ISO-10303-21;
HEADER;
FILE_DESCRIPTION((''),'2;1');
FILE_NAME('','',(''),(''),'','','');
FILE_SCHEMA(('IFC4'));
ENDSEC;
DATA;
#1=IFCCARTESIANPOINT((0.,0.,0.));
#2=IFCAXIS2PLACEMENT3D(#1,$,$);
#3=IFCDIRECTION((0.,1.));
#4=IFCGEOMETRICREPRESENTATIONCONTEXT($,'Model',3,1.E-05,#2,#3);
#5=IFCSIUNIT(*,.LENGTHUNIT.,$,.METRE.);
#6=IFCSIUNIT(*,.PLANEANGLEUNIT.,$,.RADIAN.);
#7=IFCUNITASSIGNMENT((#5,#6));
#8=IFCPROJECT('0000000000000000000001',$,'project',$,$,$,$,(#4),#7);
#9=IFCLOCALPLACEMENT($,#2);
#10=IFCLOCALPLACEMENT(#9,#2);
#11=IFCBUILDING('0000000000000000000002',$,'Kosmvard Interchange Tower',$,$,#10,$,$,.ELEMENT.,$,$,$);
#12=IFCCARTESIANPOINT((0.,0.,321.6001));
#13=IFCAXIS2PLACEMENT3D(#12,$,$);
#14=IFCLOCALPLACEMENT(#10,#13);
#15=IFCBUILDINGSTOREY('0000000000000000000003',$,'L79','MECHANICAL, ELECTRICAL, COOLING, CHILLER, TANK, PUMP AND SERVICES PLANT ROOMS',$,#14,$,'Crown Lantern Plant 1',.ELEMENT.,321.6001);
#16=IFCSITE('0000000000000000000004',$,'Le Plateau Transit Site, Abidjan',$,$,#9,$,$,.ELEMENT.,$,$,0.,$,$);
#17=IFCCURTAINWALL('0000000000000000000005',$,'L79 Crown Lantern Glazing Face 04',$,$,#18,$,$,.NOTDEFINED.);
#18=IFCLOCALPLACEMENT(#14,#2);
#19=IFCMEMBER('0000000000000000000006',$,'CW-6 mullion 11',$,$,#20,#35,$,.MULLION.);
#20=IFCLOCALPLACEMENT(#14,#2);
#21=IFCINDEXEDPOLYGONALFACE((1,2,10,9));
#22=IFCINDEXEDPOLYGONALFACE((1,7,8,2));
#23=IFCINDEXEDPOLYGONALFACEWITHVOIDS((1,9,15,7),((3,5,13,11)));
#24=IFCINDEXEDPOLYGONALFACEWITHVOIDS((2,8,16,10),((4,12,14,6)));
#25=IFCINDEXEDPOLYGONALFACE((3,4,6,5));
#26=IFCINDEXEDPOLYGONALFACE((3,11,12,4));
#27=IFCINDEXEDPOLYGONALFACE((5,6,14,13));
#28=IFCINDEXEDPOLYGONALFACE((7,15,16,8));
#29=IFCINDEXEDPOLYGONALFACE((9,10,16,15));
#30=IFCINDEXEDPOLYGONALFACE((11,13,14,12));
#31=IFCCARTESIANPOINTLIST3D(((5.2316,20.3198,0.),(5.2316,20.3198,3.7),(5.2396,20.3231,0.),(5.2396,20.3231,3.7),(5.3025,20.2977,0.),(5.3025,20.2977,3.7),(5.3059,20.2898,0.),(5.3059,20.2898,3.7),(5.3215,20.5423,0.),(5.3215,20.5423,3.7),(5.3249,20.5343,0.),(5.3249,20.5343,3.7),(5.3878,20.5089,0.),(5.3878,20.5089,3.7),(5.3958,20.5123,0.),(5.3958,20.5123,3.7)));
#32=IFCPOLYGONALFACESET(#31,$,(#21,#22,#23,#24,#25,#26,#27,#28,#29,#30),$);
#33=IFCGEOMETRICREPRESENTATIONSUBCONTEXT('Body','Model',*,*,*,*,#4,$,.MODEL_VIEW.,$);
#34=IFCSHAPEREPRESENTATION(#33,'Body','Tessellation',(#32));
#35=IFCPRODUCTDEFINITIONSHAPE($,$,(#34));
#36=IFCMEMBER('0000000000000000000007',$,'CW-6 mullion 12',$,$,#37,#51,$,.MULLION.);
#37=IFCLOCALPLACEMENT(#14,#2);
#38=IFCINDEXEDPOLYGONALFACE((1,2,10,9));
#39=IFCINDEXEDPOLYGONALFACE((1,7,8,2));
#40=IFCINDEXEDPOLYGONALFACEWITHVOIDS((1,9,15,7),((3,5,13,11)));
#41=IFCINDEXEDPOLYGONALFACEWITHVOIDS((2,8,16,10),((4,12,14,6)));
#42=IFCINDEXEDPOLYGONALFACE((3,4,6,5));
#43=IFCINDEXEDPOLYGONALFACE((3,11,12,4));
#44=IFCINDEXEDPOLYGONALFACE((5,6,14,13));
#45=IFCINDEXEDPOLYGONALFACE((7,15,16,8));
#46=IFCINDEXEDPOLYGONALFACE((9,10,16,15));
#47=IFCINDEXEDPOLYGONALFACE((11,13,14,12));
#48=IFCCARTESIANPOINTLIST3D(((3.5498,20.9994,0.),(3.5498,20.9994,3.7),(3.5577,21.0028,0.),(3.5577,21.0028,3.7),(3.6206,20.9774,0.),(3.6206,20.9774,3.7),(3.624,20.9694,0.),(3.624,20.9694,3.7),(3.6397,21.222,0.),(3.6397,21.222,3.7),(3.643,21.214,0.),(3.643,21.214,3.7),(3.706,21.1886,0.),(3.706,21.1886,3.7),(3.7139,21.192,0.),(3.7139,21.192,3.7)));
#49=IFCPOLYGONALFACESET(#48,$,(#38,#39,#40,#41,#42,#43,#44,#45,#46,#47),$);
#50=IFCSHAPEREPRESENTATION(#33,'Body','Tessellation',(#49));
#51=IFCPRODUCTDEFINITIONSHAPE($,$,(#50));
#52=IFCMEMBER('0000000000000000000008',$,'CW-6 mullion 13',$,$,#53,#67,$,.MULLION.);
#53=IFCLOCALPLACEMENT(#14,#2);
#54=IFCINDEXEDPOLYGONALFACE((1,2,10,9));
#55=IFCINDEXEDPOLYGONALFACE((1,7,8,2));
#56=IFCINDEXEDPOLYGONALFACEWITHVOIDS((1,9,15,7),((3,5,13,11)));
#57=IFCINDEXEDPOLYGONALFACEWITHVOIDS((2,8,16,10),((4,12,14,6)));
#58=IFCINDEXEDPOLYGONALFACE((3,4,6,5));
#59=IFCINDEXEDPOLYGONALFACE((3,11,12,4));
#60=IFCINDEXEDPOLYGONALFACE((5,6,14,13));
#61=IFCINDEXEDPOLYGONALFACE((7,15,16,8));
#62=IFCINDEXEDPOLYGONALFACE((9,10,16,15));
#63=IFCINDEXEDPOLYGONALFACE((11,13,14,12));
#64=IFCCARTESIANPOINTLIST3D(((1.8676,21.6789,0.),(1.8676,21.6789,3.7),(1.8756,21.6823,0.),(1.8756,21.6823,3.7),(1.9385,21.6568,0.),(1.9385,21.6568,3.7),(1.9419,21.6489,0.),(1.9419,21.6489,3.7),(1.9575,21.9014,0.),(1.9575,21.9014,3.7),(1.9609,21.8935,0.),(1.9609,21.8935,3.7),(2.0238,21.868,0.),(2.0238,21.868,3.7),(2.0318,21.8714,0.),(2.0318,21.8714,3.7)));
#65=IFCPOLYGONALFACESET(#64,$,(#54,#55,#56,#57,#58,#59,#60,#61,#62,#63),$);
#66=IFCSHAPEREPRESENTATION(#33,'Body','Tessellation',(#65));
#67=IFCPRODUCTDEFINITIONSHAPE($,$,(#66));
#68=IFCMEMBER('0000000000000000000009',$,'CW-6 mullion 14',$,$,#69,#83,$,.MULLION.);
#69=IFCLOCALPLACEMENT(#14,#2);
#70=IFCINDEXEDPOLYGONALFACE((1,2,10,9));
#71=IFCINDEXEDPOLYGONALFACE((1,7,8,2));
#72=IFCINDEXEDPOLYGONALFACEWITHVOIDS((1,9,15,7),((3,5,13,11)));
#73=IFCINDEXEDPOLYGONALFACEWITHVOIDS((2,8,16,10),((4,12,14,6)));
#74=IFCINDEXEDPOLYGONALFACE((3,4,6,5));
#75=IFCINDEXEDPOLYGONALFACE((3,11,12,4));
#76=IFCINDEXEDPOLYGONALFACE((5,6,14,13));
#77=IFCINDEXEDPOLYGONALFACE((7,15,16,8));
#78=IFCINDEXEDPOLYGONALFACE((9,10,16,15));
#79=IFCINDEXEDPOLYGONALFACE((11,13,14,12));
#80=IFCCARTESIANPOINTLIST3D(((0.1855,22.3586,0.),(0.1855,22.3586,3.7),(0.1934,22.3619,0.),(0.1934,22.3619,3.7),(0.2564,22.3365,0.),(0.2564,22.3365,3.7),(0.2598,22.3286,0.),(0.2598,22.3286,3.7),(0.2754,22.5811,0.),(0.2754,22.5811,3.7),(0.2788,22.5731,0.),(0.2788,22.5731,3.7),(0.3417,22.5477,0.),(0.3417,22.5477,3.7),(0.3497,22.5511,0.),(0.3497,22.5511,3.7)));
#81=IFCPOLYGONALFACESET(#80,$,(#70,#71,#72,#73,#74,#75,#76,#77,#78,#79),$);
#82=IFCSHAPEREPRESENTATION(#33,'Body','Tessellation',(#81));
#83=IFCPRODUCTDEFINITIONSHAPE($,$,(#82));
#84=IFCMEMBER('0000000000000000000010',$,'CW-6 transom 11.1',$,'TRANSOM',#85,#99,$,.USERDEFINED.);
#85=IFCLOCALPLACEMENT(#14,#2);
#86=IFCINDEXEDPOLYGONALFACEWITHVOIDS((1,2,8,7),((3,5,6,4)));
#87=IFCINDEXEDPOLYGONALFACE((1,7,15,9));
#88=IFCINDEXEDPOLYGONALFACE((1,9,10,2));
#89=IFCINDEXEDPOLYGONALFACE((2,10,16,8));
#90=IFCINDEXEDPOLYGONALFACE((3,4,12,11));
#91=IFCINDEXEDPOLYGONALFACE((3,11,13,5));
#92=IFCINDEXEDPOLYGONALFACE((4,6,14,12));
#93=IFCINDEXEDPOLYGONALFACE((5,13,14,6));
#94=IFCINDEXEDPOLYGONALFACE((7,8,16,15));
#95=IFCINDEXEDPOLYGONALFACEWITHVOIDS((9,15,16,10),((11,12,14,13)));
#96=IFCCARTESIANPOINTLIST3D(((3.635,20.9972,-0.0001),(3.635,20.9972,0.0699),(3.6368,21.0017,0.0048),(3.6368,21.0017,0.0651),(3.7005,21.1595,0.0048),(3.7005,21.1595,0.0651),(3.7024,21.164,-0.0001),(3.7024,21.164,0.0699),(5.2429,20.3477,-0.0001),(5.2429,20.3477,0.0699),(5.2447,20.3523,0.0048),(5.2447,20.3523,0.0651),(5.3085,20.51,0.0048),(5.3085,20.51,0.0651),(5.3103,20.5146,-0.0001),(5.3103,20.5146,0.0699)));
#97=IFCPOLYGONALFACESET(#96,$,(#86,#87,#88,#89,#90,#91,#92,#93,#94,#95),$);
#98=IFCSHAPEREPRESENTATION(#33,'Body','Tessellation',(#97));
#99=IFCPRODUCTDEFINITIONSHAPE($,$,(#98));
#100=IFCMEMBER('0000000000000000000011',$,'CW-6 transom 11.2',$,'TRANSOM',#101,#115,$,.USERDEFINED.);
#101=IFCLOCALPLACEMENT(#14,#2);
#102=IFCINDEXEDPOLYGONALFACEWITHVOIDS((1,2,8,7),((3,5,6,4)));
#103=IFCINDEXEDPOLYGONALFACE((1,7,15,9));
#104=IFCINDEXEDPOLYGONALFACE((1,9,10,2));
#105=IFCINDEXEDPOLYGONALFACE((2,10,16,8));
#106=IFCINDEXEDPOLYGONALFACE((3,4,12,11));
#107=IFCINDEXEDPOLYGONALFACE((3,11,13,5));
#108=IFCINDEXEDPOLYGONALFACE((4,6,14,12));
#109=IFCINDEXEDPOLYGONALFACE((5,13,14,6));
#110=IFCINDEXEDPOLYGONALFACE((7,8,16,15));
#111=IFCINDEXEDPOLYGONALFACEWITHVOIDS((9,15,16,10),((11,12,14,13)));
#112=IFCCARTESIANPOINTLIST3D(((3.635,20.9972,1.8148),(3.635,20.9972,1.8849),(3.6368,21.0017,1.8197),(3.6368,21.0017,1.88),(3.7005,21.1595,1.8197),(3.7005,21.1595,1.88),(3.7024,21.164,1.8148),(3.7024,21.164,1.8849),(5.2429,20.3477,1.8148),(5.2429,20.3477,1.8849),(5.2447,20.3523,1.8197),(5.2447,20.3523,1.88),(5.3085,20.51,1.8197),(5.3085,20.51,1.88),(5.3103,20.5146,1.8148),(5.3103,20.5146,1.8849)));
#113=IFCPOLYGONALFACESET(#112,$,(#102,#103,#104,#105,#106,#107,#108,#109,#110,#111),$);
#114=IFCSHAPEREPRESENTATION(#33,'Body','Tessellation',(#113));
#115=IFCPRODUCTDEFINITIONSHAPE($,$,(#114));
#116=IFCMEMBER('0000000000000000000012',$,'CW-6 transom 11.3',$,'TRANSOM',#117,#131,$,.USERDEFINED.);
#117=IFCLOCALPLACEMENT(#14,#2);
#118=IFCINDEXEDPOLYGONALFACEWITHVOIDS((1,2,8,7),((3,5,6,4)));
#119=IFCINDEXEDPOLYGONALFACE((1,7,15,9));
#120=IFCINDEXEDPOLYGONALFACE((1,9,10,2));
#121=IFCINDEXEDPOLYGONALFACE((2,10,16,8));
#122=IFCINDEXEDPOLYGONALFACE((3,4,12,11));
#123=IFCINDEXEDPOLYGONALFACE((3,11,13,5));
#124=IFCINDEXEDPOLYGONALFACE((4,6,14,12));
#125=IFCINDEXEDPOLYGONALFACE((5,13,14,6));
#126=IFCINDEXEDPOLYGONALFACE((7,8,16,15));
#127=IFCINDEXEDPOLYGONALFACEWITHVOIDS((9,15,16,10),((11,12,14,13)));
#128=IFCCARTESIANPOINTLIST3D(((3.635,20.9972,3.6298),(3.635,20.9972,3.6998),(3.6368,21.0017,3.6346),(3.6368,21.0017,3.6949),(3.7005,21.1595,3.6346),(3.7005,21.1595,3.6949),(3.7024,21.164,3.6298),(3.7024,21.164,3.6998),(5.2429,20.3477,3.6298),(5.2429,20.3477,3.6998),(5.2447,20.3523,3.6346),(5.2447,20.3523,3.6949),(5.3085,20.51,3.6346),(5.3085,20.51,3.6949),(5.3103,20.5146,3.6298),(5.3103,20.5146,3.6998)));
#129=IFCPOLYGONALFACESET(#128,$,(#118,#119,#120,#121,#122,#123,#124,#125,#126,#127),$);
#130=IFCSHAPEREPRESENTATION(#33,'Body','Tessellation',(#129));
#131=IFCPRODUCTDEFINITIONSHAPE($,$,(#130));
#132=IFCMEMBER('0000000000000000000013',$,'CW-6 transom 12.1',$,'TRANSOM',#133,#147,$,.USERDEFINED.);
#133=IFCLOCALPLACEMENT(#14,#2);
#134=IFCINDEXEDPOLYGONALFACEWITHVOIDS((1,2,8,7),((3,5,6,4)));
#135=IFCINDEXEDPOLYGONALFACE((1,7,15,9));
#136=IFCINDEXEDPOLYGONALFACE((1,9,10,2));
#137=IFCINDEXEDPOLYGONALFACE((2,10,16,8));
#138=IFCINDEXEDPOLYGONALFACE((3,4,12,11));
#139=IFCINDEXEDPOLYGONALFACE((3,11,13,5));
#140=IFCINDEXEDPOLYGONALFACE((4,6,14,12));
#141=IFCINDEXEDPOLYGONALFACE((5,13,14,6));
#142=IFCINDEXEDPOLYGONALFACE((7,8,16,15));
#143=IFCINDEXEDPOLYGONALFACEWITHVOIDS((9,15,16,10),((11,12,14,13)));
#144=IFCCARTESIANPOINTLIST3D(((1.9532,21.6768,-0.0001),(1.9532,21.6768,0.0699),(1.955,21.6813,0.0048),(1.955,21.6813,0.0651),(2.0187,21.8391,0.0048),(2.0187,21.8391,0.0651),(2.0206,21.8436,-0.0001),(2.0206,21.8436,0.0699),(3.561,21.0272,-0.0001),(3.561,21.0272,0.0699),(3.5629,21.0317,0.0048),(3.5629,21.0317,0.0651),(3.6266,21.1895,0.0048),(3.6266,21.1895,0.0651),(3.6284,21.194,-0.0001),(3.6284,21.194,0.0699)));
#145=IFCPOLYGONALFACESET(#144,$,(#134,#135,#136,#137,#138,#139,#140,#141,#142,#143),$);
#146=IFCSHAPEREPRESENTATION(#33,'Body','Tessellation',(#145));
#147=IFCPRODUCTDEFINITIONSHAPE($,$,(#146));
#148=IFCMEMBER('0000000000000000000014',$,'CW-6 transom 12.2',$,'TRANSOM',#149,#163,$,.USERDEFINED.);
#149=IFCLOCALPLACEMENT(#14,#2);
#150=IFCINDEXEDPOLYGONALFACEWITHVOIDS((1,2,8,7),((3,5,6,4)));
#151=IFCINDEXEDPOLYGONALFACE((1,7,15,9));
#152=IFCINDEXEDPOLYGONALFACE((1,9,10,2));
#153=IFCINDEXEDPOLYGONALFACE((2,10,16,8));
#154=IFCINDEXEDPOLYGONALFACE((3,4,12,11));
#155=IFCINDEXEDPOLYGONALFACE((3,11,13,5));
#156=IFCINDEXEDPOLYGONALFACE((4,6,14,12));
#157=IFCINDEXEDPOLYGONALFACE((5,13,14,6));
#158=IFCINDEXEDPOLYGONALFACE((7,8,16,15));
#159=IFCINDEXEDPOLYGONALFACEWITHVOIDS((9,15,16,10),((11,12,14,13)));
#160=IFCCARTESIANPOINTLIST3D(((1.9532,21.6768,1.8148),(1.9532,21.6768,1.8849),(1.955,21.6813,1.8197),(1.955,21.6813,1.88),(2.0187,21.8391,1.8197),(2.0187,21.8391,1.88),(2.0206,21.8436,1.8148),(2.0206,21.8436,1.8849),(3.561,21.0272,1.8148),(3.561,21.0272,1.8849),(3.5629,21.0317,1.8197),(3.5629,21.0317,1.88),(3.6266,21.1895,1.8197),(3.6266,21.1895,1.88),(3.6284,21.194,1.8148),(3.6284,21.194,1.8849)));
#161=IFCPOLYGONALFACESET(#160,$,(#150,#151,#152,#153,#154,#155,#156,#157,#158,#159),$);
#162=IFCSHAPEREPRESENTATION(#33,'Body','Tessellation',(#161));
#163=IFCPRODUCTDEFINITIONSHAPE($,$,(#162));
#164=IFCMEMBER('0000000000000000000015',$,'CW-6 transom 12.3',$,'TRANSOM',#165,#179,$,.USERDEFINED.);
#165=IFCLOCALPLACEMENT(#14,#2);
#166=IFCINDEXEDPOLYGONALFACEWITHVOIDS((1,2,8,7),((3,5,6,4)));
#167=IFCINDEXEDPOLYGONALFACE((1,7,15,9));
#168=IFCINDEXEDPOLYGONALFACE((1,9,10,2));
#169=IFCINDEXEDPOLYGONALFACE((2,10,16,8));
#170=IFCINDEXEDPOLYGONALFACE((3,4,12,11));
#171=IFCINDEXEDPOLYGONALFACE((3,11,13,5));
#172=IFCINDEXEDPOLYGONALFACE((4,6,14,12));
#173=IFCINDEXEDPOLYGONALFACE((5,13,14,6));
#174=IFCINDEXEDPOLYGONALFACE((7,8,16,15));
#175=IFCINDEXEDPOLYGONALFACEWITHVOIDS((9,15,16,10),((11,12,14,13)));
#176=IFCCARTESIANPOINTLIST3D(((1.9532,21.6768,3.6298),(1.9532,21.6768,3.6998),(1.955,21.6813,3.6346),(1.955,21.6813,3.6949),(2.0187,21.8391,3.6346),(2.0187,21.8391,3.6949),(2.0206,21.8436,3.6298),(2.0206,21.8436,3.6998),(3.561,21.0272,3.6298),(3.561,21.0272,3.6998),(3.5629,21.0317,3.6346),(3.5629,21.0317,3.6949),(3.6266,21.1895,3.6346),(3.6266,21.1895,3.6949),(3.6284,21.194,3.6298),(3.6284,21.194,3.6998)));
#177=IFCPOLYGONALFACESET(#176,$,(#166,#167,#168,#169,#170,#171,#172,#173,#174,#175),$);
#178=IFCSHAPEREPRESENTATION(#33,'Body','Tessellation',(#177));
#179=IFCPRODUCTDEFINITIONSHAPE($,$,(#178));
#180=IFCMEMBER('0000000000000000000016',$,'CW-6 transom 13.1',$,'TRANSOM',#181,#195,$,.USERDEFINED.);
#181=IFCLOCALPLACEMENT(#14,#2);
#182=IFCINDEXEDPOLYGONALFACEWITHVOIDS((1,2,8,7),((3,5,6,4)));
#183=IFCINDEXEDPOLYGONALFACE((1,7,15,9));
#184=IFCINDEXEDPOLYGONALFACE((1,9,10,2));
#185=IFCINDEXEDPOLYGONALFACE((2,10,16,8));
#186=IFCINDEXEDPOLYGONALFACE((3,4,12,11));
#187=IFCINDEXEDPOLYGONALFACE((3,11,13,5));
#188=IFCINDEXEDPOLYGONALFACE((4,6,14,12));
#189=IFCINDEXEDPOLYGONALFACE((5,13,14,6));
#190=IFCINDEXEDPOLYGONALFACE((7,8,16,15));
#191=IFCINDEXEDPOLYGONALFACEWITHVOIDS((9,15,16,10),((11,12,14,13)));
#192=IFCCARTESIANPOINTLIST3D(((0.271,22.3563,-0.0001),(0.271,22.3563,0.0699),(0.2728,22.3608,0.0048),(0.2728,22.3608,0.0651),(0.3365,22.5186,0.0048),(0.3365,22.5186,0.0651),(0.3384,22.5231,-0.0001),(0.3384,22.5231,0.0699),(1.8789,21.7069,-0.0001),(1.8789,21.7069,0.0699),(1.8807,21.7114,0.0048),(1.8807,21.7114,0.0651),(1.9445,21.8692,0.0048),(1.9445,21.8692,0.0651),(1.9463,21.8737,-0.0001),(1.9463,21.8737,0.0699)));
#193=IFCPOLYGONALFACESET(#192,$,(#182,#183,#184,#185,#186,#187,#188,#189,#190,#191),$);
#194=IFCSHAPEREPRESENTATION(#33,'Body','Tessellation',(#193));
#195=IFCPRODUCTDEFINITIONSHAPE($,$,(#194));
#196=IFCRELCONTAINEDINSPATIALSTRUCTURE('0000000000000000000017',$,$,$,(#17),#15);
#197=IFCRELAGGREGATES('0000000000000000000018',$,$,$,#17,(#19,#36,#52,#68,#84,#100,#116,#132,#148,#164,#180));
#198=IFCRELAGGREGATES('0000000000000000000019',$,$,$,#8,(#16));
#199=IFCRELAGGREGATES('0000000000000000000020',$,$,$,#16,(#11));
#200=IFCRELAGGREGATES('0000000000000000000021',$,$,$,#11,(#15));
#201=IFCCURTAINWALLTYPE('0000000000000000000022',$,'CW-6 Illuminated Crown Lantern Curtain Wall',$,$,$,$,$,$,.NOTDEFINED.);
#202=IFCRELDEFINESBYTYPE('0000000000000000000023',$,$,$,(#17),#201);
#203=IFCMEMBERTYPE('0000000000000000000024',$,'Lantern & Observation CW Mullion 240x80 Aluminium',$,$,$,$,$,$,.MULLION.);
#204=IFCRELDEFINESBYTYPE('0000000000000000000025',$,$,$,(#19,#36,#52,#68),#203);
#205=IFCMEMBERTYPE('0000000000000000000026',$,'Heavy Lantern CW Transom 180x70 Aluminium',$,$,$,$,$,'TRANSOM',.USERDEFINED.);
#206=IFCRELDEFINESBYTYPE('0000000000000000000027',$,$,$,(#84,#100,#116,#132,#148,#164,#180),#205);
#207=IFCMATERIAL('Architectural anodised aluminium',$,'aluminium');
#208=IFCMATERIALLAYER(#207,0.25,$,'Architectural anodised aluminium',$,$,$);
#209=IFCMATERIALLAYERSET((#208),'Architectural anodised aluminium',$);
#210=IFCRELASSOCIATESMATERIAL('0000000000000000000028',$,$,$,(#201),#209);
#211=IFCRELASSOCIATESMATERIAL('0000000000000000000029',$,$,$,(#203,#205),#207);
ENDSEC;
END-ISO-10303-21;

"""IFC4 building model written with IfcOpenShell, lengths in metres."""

from ifc_helpers import new_model, si_unit, direction, frame, origin, origin_2d, place, context, subcontext, project, spatial, hollow_rectangle, extrude, source, transform, mapped, material, layer, layer_set, material_profile, profile_set, type_object, element, aggregate, save


model = new_model("IFC4")

# Units and contexts
model_context = context("Model", 3, precision=1e-05, world=origin(), true_north=direction((0.0, 1.0)))
body_context = subcontext(model_context, "Body", "Model", "MODEL_VIEW")
ifc_project = project(units=[si_unit("LENGTHUNIT", "METRE"), si_unit("PLANEANGLEUNIT", "RADIAN")], contexts=[model_context])

# Site, building, storey
site_placement = place(None, origin())
site = spatial("IfcSite", under=ifc_project, at=site_placement, Name="Le Plateau Transit Site, Abidjan", CompositionType="ELEMENT", RefElevation=0.0)
building_placement = place(site_placement, origin())
building = spatial("IfcBuilding", under=site, at=building_placement, Name="Kosmvard Interchange Tower", CompositionType="ELEMENT")
storey_placement = place(building_placement, frame((0.0, 0.0, 321.6001)))
storey = spatial("IfcBuildingStorey", under=building, at=storey_placement, Name="L79", Description="MECHANICAL, ELECTRICAL, COOLING, CHILLER, TANK, PUMP AND SERVICES PLANT ROOMS", LongName="Crown Lantern Plant 1", CompositionType="ELEMENT", Elevation=321.6001)

# Curtain wall, members
ifc_material_1 = material(Name="Architectural anodised aluminium", Category="aluminium")
ifc_layer_1 = layer(ifc_material_1, 0.25, Name="Architectural anodised aluminium")
ifc_layer_set_1 = layer_set([ifc_layer_1], Name="Architectural anodised aluminium")
curtain_wall_type = type_object("IfcCurtainWallType", Name="CW-6 Illuminated Crown Lantern Curtain Wall", PredefinedType="NOTDEFINED", material=ifc_layer_set_1)
curtain_wall_placement = place(storey_placement, origin())
curtain_wall = element("IfcCurtainWall", 1, at=curtain_wall_placement, inside=storey, type_object=curtain_wall_type, Name="L79 Crown Lantern Glazing Face 04", PredefinedType="NOTDEFINED")
ifc_material_profile_1 = material_profile(ifc_material_1, hollow_rectangle(XDim=0.24, YDim=0.0801, WallThickness=0.0061, at=origin_2d()), Name="CWM 240x80x6")
ifc_profile_set_1 = profile_set([ifc_material_profile_1], Name="Architectural anodised aluminium")
member_type_1 = type_object("IfcMemberType", Name="Lantern & Observation CW Mullion 240x80 Aluminium", PredefinedType="MULLION", material=ifc_profile_set_1)
shared_shape_1 = source(origin(), body_context, "Body", "SweptSolid", [
    extrude(hollow_rectangle(XDim=0.24, YDim=0.0801, WallThickness=0.0061, at=origin_2d()), origin(), (0.0, 0.0, 1.0), 3.7),
])
member_1_placement = place(storey_placement, frame((5.3137, 20.416, 0.0), z_axis=(0.0, 0.0, 1.0), x_axis=(-0.374607, -0.927184, 0.0)))
member_1 = element("IfcMember", 2, at=member_1_placement, type_object=member_type_1, Name="CW-6 mullion 11", PredefinedType="MULLION", context=body_context, shape_type="MappedRepresentation", body=[
    mapped(shared_shape_1, transform((0.0, 0.0, 0.0), scale=1.0)),
])
member_2_placement = place(storey_placement, frame((3.6318, 21.0957, 0.0), z_axis=(0.0, 0.0, 1.0), x_axis=(-0.374607, -0.927184, 0.0)))
member_2 = element("IfcMember", 3, at=member_2_placement, type_object=member_type_1, Name="CW-6 mullion 12", PredefinedType="MULLION", context=body_context, shape_type="MappedRepresentation", body=[
    mapped(shared_shape_1, transform((0.0, 0.0, 0.0), scale=1.0)),
])
member_3_placement = place(storey_placement, frame((1.9497, 21.7751, 0.0), z_axis=(0.0, 0.0, 1.0), x_axis=(-0.374607, -0.927184, 0.0)))
member_3 = element("IfcMember", 4, at=member_3_placement, type_object=member_type_1, Name="CW-6 mullion 13", PredefinedType="MULLION", context=body_context, shape_type="MappedRepresentation", body=[
    mapped(shared_shape_1, transform((0.0, 0.0, 0.0), scale=1.0)),
])
member_4_placement = place(storey_placement, frame((0.2676, 22.4548, 0.0), z_axis=(0.0, 0.0, 1.0), x_axis=(-0.374607, -0.927184, 0.0)))
member_4 = element("IfcMember", 5, at=member_4_placement, type_object=member_type_1, Name="CW-6 mullion 14", PredefinedType="MULLION", context=body_context, shape_type="MappedRepresentation", body=[
    mapped(shared_shape_1, transform((0.0, 0.0, 0.0), scale=1.0)),
])
ifc_material_profile_2 = material_profile(ifc_material_1, hollow_rectangle(XDim=0.1799, YDim=0.0701, WallThickness=0.0049, at=origin_2d()), Name="CWT 180x70x5")
ifc_profile_set_2 = profile_set([ifc_material_profile_2], Name="Architectural anodised aluminium")
member_type_2 = type_object("IfcMemberType", Name="Heavy Lantern CW Transom 180x70 Aluminium", ElementType="TRANSOM", PredefinedType="USERDEFINED", material=ifc_profile_set_2)
shared_shape_2 = source(origin(), body_context, "Body", "SweptSolid", [
    extrude(hollow_rectangle(XDim=0.1799, YDim=0.0701, WallThickness=0.0049, at=origin_2d()), origin(), (0.0, 0.0, 1.0), 1.7341),
])
member_5_placement = place(storey_placement, frame((5.2766, 20.4312, 0.0349), z_axis=(-0.927229, 0.374496, 0.0), x_axis=(-0.374496, -0.927229, 0.0)))
member_5 = element("IfcMember", 6, at=member_5_placement, type_object=member_type_2, Name="CW-6 transom 11.1", ObjectType="TRANSOM", PredefinedType="USERDEFINED", context=body_context, shape_type="MappedRepresentation", body=[
    mapped(shared_shape_2, transform((0.0, 0.0, 0.0), scale=1.0)),
])
member_6_placement = place(storey_placement, frame((5.2766, 20.4312, 1.8499), z_axis=(-0.927229, 0.374496, 0.0), x_axis=(-0.374496, -0.927229, 0.0)))
member_6 = element("IfcMember", 7, at=member_6_placement, type_object=member_type_2, Name="CW-6 transom 11.2", ObjectType="TRANSOM", PredefinedType="USERDEFINED", context=body_context, shape_type="MappedRepresentation", body=[
    mapped(shared_shape_2, transform((0.0, 0.0, 0.0), scale=1.0)),
])
member_7_placement = place(storey_placement, frame((5.2766, 20.4312, 3.6648), z_axis=(-0.927229, 0.374496, 0.0), x_axis=(-0.374496, -0.927229, 0.0)))
member_7 = element("IfcMember", 8, at=member_7_placement, type_object=member_type_2, Name="CW-6 transom 11.3", ObjectType="TRANSOM", PredefinedType="USERDEFINED", context=body_context, shape_type="MappedRepresentation", body=[
    mapped(shared_shape_2, transform((0.0, 0.0, 0.0), scale=1.0)),
])
member_8_placement = place(storey_placement, frame((3.5947, 21.1106, 0.0349), z_axis=(-0.92718, 0.374617, 0.0), x_axis=(-0.374617, -0.92718, 0.0)))
member_8 = element("IfcMember", 9, at=member_8_placement, type_object=member_type_2, Name="CW-6 transom 12.1", ObjectType="TRANSOM", PredefinedType="USERDEFINED", context=body_context, shape_type="MappedRepresentation", body=[
    mapped(shared_shape_2, transform((0.0, 0.0, 0.0), scale=1.0)),
])
member_9_placement = place(storey_placement, frame((3.5947, 21.1106, 1.8499), z_axis=(-0.92718, 0.374617, 0.0), x_axis=(-0.374617, -0.92718, 0.0)))
member_9 = element("IfcMember", 10, at=member_9_placement, type_object=member_type_2, Name="CW-6 transom 12.2", ObjectType="TRANSOM", PredefinedType="USERDEFINED", context=body_context, shape_type="MappedRepresentation", body=[
    mapped(shared_shape_2, transform((0.0, 0.0, 0.0), scale=1.0)),
])
member_10_placement = place(storey_placement, frame((3.5947, 21.1106, 3.6648), z_axis=(-0.92718, 0.374617, 0.0), x_axis=(-0.374617, -0.92718, 0.0)))
member_10 = element("IfcMember", 11, at=member_10_placement, type_object=member_type_2, Name="CW-6 transom 12.3", ObjectType="TRANSOM", PredefinedType="USERDEFINED", context=body_context, shape_type="MappedRepresentation", body=[
    mapped(shared_shape_2, transform((0.0, 0.0, 0.0), scale=1.0)),
])
member_11_placement = place(storey_placement, frame((1.9126, 21.7903, 0.0349), z_axis=(-0.927229, 0.374496, 0.0), x_axis=(-0.374496, -0.927229, 0.0)))
member_11 = element("IfcMember", 12, at=member_11_placement, type_object=member_type_2, Name="CW-6 transom 13.1", ObjectType="TRANSOM", PredefinedType="USERDEFINED", context=body_context, shape_type="MappedRepresentation", body=[
    mapped(shared_shape_2, transform((0.0, 0.0, 0.0), scale=1.0)),
])
aggregate(curtain_wall, [member_1, member_2, member_3, member_4, member_5, member_6, member_7, member_8, member_9, member_10, member_11])

save(model, "model.ifc")
